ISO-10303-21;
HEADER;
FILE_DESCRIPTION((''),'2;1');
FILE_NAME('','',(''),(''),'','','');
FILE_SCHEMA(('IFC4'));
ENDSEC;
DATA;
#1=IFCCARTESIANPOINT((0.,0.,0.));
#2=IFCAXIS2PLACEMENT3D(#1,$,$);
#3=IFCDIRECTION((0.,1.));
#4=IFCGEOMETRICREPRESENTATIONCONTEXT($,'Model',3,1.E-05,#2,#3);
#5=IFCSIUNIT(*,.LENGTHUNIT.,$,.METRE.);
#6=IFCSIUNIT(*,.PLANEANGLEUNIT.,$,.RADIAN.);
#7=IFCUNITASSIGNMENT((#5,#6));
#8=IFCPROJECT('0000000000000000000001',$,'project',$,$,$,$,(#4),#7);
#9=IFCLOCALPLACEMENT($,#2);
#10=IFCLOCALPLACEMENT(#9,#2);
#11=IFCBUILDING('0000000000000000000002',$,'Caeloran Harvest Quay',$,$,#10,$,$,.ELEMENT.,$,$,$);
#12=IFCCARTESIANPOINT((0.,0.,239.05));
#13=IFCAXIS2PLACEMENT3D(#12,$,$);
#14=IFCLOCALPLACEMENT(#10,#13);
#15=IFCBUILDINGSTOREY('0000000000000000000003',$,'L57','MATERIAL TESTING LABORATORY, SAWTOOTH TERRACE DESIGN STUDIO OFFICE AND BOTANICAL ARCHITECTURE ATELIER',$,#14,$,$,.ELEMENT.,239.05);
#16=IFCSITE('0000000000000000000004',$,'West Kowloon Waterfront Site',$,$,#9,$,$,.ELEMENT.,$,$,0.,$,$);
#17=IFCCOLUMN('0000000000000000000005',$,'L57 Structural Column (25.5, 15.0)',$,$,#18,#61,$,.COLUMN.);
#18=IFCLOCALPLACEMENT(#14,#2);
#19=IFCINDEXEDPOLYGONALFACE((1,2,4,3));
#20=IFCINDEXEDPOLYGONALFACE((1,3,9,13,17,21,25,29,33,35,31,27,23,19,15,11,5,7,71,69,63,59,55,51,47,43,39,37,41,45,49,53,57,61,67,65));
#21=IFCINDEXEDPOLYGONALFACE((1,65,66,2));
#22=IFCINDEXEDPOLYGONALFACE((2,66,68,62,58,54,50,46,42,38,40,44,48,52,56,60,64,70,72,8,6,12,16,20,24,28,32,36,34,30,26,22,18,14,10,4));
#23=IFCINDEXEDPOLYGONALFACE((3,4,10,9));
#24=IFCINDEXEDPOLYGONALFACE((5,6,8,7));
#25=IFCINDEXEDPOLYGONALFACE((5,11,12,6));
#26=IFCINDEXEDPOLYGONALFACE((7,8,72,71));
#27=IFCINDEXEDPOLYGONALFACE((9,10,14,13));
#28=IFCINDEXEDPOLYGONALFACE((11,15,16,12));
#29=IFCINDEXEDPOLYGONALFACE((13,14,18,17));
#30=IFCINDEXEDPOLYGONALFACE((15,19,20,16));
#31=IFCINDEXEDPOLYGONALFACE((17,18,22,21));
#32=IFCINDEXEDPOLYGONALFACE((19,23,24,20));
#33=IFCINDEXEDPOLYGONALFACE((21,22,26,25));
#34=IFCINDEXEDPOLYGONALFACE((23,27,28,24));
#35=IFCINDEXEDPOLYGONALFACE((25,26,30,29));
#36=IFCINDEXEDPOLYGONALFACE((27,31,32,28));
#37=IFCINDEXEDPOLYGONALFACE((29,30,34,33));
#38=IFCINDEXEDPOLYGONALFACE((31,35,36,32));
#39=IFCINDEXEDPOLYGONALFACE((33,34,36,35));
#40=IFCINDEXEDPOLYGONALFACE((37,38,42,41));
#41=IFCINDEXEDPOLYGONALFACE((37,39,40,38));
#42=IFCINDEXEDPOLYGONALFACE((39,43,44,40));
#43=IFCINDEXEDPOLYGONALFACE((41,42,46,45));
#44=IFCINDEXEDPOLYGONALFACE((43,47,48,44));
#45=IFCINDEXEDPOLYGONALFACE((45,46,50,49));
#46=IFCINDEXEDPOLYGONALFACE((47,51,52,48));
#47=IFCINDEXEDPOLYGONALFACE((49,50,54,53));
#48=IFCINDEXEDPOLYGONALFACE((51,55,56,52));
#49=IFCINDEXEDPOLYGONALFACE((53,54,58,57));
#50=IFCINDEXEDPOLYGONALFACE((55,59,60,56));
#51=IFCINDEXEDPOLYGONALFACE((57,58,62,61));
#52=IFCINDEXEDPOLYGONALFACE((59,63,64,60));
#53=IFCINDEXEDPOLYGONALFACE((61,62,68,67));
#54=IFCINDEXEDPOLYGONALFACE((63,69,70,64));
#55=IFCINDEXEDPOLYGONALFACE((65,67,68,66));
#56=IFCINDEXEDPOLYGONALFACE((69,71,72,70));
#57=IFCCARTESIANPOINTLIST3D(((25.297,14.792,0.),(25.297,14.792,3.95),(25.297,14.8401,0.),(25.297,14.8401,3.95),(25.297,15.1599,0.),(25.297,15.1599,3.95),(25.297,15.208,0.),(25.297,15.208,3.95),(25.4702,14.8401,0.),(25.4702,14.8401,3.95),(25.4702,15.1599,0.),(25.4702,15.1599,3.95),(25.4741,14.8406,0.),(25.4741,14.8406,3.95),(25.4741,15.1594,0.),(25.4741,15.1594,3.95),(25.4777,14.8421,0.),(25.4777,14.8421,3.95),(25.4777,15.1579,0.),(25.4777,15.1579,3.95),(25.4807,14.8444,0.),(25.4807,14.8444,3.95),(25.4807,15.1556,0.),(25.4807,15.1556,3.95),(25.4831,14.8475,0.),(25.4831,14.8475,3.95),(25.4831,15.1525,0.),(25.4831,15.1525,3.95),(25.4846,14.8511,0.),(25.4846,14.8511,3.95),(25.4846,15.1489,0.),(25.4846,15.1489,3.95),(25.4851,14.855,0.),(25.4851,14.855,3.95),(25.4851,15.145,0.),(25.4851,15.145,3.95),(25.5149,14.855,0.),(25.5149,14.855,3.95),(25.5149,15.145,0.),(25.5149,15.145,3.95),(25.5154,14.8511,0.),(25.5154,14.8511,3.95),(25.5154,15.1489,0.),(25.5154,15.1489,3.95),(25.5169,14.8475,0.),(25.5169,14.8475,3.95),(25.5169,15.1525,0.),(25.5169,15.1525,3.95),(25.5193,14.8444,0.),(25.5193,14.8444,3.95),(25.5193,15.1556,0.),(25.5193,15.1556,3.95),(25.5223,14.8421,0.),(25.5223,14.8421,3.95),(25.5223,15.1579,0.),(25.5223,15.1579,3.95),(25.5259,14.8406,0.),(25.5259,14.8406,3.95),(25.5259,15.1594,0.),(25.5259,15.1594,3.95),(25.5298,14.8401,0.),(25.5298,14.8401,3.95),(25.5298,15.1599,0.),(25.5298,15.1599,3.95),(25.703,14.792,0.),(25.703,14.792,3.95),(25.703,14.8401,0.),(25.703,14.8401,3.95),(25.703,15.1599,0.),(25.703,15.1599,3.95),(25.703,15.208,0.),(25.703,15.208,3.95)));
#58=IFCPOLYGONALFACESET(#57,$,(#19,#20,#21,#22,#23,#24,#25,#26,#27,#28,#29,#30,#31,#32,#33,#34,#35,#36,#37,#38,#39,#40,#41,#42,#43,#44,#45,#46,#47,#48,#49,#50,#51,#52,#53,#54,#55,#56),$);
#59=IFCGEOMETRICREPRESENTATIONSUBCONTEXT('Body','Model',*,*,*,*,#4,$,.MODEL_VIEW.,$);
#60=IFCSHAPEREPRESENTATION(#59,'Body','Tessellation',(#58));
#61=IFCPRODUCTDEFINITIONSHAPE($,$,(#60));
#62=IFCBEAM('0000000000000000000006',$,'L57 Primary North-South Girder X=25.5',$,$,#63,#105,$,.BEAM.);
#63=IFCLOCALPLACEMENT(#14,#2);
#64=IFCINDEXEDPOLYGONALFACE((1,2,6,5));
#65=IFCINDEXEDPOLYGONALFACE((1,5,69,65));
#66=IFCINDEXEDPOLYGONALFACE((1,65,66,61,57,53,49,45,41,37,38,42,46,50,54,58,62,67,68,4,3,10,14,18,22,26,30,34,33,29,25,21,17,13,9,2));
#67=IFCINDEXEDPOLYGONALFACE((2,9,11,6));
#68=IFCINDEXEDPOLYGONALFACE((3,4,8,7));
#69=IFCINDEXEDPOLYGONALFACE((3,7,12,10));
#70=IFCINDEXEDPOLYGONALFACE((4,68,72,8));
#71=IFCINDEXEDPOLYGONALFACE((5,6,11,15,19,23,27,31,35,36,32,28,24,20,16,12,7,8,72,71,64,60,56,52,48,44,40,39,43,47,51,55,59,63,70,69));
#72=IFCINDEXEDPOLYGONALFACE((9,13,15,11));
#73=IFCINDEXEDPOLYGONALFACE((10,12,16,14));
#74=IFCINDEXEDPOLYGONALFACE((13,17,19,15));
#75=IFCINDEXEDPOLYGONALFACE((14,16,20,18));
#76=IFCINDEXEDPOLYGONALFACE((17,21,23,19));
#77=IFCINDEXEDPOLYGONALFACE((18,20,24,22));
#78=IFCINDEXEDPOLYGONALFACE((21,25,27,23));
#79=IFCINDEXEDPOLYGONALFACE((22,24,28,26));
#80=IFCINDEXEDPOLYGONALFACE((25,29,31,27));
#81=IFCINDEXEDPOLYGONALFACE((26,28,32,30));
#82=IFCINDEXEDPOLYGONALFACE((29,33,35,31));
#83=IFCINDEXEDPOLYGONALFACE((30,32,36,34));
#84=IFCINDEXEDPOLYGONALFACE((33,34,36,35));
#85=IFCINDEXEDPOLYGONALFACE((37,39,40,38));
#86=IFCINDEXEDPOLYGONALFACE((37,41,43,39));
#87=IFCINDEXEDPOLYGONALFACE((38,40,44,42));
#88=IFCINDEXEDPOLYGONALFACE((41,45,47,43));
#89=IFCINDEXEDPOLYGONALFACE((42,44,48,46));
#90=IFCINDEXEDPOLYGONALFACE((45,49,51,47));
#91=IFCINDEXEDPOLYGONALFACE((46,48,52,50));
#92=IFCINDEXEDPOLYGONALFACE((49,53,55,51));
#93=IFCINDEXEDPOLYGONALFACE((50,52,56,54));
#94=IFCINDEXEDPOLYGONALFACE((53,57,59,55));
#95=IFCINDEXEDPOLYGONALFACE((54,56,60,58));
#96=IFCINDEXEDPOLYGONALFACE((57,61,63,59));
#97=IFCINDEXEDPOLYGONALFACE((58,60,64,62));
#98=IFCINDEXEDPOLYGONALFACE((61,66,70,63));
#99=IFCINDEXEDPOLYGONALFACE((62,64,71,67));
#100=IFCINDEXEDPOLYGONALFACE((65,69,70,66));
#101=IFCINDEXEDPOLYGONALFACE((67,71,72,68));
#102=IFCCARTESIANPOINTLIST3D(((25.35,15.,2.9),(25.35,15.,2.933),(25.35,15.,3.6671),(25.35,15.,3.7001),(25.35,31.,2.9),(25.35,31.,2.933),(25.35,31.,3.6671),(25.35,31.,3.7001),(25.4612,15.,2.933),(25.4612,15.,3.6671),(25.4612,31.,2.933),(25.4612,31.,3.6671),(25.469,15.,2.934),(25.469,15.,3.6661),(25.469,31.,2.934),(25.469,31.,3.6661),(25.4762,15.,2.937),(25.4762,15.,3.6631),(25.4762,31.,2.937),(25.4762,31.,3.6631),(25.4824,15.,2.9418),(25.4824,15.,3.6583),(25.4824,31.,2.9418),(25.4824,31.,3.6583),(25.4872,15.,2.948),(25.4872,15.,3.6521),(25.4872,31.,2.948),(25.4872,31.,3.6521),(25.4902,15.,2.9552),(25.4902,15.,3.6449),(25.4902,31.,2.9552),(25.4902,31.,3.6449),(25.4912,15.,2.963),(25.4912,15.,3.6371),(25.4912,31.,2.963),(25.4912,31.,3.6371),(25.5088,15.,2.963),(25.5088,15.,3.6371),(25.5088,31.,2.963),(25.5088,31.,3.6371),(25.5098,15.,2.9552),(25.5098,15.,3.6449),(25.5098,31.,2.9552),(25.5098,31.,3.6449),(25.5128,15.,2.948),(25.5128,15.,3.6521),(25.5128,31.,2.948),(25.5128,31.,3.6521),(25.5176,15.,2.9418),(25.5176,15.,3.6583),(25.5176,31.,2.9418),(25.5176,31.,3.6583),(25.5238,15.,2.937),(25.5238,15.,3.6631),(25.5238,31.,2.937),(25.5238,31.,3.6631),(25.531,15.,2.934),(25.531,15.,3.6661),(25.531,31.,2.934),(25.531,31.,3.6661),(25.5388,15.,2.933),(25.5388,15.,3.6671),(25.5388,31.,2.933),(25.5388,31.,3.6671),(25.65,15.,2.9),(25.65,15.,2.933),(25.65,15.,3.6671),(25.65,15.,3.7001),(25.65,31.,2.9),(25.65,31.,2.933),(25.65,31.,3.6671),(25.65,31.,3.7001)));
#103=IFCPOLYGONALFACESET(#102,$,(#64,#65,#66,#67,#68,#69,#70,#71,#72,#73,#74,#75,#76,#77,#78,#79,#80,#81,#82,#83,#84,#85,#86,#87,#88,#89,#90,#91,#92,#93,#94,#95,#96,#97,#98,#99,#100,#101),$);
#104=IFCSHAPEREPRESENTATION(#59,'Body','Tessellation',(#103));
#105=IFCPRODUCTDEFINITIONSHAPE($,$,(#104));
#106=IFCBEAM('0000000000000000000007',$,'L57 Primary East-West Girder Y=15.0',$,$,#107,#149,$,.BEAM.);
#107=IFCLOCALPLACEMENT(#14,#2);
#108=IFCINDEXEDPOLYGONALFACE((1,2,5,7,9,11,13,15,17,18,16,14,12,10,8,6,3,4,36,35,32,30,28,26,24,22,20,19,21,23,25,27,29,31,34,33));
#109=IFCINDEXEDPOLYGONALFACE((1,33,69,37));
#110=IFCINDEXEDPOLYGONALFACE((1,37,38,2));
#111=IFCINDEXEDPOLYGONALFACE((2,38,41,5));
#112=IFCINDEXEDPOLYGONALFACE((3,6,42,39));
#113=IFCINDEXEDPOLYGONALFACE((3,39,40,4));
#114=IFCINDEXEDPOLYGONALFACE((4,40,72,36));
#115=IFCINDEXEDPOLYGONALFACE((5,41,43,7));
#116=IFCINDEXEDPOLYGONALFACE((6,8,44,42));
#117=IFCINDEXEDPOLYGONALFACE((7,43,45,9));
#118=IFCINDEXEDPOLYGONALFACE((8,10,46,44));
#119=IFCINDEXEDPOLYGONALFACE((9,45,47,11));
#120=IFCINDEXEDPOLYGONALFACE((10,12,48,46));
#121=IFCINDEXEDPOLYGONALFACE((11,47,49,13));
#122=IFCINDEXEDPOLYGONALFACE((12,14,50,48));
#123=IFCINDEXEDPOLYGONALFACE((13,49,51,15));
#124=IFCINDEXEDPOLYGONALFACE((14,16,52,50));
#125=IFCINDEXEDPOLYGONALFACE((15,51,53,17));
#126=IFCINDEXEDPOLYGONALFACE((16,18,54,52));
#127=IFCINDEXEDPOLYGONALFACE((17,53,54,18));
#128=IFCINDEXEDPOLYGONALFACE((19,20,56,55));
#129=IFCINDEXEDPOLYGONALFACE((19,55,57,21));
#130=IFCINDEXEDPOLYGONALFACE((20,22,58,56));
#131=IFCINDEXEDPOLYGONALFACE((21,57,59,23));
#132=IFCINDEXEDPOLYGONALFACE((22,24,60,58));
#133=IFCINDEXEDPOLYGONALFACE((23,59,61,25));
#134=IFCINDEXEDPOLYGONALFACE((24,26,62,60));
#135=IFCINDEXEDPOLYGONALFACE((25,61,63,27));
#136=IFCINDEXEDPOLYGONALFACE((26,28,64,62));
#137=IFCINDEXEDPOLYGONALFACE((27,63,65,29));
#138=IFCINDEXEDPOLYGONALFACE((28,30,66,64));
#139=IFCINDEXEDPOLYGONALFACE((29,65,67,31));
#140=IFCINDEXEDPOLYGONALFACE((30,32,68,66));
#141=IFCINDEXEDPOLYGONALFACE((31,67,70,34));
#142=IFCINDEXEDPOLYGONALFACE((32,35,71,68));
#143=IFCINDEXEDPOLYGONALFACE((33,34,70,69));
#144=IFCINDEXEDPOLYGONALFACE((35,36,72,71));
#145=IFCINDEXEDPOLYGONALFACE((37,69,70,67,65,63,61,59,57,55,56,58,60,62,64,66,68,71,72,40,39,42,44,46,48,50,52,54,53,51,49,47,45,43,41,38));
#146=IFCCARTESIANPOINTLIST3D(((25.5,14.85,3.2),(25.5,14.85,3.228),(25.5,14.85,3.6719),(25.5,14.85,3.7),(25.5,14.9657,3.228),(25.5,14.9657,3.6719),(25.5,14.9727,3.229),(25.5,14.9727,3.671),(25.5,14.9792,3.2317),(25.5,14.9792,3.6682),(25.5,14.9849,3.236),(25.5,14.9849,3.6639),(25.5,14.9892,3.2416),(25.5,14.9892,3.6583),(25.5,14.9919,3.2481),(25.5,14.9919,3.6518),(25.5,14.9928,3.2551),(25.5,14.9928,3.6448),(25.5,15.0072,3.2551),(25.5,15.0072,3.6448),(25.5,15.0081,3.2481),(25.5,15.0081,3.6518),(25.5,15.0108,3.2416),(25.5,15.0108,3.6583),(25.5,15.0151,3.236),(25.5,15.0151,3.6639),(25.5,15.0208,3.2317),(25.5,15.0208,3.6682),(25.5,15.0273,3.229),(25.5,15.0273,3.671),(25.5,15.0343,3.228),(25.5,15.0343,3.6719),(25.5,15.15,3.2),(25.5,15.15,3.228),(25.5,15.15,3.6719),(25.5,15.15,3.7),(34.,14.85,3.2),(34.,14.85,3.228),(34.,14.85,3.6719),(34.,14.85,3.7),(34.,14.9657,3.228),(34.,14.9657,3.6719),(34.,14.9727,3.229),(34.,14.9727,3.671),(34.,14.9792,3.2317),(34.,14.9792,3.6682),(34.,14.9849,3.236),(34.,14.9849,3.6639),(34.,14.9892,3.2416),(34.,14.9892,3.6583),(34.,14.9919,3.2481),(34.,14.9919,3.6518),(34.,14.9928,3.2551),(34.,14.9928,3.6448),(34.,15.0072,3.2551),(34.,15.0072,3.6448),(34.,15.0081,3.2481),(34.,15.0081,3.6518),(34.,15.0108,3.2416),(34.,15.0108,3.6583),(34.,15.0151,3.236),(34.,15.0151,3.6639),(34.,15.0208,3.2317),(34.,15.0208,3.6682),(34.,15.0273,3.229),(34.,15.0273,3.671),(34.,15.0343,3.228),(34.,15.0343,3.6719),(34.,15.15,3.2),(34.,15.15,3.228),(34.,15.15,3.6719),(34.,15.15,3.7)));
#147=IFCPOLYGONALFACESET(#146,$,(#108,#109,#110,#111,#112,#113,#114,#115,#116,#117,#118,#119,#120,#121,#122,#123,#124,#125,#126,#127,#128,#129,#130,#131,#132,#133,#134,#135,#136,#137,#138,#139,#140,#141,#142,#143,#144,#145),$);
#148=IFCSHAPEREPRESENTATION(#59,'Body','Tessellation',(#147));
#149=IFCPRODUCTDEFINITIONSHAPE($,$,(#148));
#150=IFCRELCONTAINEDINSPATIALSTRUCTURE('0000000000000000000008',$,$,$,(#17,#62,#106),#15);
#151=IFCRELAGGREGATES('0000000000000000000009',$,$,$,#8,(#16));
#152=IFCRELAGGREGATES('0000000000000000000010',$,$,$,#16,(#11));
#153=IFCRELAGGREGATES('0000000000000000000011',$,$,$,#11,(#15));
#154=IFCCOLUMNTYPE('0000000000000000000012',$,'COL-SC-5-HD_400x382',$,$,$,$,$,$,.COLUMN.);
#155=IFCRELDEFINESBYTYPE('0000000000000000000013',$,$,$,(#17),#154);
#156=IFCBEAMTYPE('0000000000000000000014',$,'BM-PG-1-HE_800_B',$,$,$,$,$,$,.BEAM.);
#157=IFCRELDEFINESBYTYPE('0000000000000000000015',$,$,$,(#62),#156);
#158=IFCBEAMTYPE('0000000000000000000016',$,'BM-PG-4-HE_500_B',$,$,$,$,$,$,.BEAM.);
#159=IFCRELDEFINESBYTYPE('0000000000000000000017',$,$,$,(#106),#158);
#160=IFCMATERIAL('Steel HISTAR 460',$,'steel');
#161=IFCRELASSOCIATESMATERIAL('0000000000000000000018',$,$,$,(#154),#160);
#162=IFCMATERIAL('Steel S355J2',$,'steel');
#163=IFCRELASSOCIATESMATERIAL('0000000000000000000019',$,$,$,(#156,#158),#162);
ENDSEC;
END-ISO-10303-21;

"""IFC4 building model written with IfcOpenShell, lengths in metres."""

from ifc_helpers import new_model, si_unit, direction, frame, origin, origin_2d, place, context, subcontext, project, spatial, i_section, extrude, material, material_profile, profile_set, type_object, element, save


model = new_model("IFC4")

# Units and contexts
model_context = context("Model", 3, precision=1e-05, world=origin(), true_north=direction((0.0, 1.0)))
body_context = subcontext(model_context, "Body", "Model", "MODEL_VIEW")
ifc_project = project(units=[si_unit("LENGTHUNIT", "METRE"), si_unit("PLANEANGLEUNIT", "RADIAN")], contexts=[model_context])

# Site, building, storey
site_placement = place(None, origin())
site = spatial("IfcSite", under=ifc_project, at=site_placement, Name="West Kowloon Waterfront Site", CompositionType="ELEMENT", RefElevation=0.0)
building_placement = place(site_placement, origin())
building = spatial("IfcBuilding", under=site, at=building_placement, Name="Caeloran Harvest Quay", CompositionType="ELEMENT")
storey_placement = place(building_placement, frame((0.0, 0.0, 239.05)))
storey = spatial("IfcBuildingStorey", under=building, at=storey_placement, Name="L57", Description="MATERIAL TESTING LABORATORY, SAWTOOTH TERRACE DESIGN STUDIO OFFICE AND BOTANICAL ARCHITECTURE ATELIER", CompositionType="ELEMENT", Elevation=239.05)

# Column
ifc_material_1 = material(Name="Steel HISTAR 460", Category="steel")
ifc_material_profile_1 = material_profile(ifc_material_1, i_section(OverallWidth=0.406, OverallDepth=0.416, WebThickness=0.0298, FlangeThickness=0.0481, FilletRadius=0.0149, at=origin_2d()), Name="HD 400x382")
ifc_profile_set_1 = profile_set([ifc_material_profile_1], Name="Steel HISTAR 460")
column_type = type_object("IfcColumnType", Name="COL-SC-5-HD_400x382", PredefinedType="COLUMN", material=ifc_profile_set_1)
column_placement = place(storey_placement, frame((25.5, 15.0, 0.0), z_axis=(0.0, 0.0, 1.0), x_axis=(1.0, 0.0, 0.0)))
element("IfcColumn", 1, at=column_placement, inside=storey, type_object=column_type, Name="L57 Structural Column (25.5, 15.0)", PredefinedType="COLUMN", context=body_context, shape_type="SweptSolid", body=[
    extrude(i_section(OverallWidth=0.406, OverallDepth=0.416, WebThickness=0.0298, FlangeThickness=0.0481, FilletRadius=0.0149, at=origin_2d()), origin(), (0.0, 0.0, 1.0), 3.95),
])

# Beams
ifc_material_2 = material(Name="Steel S355J2", Category="steel")
ifc_material_profile_2 = material_profile(ifc_material_2, i_section(OverallWidth=0.3, OverallDepth=0.8, WebThickness=0.0176, FlangeThickness=0.033, FilletRadius=0.03, at=origin_2d()), Name="HE 800 B")
ifc_profile_set_2 = profile_set([ifc_material_profile_2], Name="Steel S355J2")
beam_type_1 = type_object("IfcBeamType", Name="BM-PG-1-HE_800_B", PredefinedType="BEAM", material=ifc_profile_set_2)
beam_1_placement = place(storey_placement, frame((25.5, 15.0, 3.3), z_axis=(0.0, 1.0, 0.0), x_axis=(-1.0, 0.0, 0.0)))
element("IfcBeam", 2, at=beam_1_placement, inside=storey, type_object=beam_type_1, Name="L57 Primary North-South Girder X=25.5", PredefinedType="BEAM", context=body_context, shape_type="SweptSolid", body=[
    extrude(i_section(OverallWidth=0.3, OverallDepth=0.8, WebThickness=0.0176, FlangeThickness=0.033, FilletRadius=0.03, at=origin_2d()), origin(), (0.0, 0.0, 1.0), 16.0),
])
ifc_material_profile_3 = material_profile(ifc_material_2, i_section(OverallWidth=0.3, OverallDepth=0.5, WebThickness=0.0144, FlangeThickness=0.0281, FilletRadius=0.0271, at=origin_2d()), Name="HE 500 B")
ifc_profile_set_3 = profile_set([ifc_material_profile_3], Name="Steel S355J2")
beam_type_2 = type_object("IfcBeamType", Name="BM-PG-4-HE_500_B", PredefinedType="BEAM", material=ifc_profile_set_3)
beam_2_placement = place(storey_placement, frame((25.5, 15.0, 3.45), z_axis=(1.0, 0.0, 0.0), x_axis=(0.0, 1.0, 0.0)))
element("IfcBeam", 3, at=beam_2_placement, inside=storey, type_object=beam_type_2, Name="L57 Primary East-West Girder Y=15.0", PredefinedType="BEAM", context=body_context, shape_type="SweptSolid", body=[
    extrude(i_section(OverallWidth=0.3, OverallDepth=0.5, WebThickness=0.0144, FlangeThickness=0.0281, FilletRadius=0.0271, at=origin_2d()), origin(), (0.0, 0.0, 1.0), 8.5),
])

save(model, "model.ifc")
